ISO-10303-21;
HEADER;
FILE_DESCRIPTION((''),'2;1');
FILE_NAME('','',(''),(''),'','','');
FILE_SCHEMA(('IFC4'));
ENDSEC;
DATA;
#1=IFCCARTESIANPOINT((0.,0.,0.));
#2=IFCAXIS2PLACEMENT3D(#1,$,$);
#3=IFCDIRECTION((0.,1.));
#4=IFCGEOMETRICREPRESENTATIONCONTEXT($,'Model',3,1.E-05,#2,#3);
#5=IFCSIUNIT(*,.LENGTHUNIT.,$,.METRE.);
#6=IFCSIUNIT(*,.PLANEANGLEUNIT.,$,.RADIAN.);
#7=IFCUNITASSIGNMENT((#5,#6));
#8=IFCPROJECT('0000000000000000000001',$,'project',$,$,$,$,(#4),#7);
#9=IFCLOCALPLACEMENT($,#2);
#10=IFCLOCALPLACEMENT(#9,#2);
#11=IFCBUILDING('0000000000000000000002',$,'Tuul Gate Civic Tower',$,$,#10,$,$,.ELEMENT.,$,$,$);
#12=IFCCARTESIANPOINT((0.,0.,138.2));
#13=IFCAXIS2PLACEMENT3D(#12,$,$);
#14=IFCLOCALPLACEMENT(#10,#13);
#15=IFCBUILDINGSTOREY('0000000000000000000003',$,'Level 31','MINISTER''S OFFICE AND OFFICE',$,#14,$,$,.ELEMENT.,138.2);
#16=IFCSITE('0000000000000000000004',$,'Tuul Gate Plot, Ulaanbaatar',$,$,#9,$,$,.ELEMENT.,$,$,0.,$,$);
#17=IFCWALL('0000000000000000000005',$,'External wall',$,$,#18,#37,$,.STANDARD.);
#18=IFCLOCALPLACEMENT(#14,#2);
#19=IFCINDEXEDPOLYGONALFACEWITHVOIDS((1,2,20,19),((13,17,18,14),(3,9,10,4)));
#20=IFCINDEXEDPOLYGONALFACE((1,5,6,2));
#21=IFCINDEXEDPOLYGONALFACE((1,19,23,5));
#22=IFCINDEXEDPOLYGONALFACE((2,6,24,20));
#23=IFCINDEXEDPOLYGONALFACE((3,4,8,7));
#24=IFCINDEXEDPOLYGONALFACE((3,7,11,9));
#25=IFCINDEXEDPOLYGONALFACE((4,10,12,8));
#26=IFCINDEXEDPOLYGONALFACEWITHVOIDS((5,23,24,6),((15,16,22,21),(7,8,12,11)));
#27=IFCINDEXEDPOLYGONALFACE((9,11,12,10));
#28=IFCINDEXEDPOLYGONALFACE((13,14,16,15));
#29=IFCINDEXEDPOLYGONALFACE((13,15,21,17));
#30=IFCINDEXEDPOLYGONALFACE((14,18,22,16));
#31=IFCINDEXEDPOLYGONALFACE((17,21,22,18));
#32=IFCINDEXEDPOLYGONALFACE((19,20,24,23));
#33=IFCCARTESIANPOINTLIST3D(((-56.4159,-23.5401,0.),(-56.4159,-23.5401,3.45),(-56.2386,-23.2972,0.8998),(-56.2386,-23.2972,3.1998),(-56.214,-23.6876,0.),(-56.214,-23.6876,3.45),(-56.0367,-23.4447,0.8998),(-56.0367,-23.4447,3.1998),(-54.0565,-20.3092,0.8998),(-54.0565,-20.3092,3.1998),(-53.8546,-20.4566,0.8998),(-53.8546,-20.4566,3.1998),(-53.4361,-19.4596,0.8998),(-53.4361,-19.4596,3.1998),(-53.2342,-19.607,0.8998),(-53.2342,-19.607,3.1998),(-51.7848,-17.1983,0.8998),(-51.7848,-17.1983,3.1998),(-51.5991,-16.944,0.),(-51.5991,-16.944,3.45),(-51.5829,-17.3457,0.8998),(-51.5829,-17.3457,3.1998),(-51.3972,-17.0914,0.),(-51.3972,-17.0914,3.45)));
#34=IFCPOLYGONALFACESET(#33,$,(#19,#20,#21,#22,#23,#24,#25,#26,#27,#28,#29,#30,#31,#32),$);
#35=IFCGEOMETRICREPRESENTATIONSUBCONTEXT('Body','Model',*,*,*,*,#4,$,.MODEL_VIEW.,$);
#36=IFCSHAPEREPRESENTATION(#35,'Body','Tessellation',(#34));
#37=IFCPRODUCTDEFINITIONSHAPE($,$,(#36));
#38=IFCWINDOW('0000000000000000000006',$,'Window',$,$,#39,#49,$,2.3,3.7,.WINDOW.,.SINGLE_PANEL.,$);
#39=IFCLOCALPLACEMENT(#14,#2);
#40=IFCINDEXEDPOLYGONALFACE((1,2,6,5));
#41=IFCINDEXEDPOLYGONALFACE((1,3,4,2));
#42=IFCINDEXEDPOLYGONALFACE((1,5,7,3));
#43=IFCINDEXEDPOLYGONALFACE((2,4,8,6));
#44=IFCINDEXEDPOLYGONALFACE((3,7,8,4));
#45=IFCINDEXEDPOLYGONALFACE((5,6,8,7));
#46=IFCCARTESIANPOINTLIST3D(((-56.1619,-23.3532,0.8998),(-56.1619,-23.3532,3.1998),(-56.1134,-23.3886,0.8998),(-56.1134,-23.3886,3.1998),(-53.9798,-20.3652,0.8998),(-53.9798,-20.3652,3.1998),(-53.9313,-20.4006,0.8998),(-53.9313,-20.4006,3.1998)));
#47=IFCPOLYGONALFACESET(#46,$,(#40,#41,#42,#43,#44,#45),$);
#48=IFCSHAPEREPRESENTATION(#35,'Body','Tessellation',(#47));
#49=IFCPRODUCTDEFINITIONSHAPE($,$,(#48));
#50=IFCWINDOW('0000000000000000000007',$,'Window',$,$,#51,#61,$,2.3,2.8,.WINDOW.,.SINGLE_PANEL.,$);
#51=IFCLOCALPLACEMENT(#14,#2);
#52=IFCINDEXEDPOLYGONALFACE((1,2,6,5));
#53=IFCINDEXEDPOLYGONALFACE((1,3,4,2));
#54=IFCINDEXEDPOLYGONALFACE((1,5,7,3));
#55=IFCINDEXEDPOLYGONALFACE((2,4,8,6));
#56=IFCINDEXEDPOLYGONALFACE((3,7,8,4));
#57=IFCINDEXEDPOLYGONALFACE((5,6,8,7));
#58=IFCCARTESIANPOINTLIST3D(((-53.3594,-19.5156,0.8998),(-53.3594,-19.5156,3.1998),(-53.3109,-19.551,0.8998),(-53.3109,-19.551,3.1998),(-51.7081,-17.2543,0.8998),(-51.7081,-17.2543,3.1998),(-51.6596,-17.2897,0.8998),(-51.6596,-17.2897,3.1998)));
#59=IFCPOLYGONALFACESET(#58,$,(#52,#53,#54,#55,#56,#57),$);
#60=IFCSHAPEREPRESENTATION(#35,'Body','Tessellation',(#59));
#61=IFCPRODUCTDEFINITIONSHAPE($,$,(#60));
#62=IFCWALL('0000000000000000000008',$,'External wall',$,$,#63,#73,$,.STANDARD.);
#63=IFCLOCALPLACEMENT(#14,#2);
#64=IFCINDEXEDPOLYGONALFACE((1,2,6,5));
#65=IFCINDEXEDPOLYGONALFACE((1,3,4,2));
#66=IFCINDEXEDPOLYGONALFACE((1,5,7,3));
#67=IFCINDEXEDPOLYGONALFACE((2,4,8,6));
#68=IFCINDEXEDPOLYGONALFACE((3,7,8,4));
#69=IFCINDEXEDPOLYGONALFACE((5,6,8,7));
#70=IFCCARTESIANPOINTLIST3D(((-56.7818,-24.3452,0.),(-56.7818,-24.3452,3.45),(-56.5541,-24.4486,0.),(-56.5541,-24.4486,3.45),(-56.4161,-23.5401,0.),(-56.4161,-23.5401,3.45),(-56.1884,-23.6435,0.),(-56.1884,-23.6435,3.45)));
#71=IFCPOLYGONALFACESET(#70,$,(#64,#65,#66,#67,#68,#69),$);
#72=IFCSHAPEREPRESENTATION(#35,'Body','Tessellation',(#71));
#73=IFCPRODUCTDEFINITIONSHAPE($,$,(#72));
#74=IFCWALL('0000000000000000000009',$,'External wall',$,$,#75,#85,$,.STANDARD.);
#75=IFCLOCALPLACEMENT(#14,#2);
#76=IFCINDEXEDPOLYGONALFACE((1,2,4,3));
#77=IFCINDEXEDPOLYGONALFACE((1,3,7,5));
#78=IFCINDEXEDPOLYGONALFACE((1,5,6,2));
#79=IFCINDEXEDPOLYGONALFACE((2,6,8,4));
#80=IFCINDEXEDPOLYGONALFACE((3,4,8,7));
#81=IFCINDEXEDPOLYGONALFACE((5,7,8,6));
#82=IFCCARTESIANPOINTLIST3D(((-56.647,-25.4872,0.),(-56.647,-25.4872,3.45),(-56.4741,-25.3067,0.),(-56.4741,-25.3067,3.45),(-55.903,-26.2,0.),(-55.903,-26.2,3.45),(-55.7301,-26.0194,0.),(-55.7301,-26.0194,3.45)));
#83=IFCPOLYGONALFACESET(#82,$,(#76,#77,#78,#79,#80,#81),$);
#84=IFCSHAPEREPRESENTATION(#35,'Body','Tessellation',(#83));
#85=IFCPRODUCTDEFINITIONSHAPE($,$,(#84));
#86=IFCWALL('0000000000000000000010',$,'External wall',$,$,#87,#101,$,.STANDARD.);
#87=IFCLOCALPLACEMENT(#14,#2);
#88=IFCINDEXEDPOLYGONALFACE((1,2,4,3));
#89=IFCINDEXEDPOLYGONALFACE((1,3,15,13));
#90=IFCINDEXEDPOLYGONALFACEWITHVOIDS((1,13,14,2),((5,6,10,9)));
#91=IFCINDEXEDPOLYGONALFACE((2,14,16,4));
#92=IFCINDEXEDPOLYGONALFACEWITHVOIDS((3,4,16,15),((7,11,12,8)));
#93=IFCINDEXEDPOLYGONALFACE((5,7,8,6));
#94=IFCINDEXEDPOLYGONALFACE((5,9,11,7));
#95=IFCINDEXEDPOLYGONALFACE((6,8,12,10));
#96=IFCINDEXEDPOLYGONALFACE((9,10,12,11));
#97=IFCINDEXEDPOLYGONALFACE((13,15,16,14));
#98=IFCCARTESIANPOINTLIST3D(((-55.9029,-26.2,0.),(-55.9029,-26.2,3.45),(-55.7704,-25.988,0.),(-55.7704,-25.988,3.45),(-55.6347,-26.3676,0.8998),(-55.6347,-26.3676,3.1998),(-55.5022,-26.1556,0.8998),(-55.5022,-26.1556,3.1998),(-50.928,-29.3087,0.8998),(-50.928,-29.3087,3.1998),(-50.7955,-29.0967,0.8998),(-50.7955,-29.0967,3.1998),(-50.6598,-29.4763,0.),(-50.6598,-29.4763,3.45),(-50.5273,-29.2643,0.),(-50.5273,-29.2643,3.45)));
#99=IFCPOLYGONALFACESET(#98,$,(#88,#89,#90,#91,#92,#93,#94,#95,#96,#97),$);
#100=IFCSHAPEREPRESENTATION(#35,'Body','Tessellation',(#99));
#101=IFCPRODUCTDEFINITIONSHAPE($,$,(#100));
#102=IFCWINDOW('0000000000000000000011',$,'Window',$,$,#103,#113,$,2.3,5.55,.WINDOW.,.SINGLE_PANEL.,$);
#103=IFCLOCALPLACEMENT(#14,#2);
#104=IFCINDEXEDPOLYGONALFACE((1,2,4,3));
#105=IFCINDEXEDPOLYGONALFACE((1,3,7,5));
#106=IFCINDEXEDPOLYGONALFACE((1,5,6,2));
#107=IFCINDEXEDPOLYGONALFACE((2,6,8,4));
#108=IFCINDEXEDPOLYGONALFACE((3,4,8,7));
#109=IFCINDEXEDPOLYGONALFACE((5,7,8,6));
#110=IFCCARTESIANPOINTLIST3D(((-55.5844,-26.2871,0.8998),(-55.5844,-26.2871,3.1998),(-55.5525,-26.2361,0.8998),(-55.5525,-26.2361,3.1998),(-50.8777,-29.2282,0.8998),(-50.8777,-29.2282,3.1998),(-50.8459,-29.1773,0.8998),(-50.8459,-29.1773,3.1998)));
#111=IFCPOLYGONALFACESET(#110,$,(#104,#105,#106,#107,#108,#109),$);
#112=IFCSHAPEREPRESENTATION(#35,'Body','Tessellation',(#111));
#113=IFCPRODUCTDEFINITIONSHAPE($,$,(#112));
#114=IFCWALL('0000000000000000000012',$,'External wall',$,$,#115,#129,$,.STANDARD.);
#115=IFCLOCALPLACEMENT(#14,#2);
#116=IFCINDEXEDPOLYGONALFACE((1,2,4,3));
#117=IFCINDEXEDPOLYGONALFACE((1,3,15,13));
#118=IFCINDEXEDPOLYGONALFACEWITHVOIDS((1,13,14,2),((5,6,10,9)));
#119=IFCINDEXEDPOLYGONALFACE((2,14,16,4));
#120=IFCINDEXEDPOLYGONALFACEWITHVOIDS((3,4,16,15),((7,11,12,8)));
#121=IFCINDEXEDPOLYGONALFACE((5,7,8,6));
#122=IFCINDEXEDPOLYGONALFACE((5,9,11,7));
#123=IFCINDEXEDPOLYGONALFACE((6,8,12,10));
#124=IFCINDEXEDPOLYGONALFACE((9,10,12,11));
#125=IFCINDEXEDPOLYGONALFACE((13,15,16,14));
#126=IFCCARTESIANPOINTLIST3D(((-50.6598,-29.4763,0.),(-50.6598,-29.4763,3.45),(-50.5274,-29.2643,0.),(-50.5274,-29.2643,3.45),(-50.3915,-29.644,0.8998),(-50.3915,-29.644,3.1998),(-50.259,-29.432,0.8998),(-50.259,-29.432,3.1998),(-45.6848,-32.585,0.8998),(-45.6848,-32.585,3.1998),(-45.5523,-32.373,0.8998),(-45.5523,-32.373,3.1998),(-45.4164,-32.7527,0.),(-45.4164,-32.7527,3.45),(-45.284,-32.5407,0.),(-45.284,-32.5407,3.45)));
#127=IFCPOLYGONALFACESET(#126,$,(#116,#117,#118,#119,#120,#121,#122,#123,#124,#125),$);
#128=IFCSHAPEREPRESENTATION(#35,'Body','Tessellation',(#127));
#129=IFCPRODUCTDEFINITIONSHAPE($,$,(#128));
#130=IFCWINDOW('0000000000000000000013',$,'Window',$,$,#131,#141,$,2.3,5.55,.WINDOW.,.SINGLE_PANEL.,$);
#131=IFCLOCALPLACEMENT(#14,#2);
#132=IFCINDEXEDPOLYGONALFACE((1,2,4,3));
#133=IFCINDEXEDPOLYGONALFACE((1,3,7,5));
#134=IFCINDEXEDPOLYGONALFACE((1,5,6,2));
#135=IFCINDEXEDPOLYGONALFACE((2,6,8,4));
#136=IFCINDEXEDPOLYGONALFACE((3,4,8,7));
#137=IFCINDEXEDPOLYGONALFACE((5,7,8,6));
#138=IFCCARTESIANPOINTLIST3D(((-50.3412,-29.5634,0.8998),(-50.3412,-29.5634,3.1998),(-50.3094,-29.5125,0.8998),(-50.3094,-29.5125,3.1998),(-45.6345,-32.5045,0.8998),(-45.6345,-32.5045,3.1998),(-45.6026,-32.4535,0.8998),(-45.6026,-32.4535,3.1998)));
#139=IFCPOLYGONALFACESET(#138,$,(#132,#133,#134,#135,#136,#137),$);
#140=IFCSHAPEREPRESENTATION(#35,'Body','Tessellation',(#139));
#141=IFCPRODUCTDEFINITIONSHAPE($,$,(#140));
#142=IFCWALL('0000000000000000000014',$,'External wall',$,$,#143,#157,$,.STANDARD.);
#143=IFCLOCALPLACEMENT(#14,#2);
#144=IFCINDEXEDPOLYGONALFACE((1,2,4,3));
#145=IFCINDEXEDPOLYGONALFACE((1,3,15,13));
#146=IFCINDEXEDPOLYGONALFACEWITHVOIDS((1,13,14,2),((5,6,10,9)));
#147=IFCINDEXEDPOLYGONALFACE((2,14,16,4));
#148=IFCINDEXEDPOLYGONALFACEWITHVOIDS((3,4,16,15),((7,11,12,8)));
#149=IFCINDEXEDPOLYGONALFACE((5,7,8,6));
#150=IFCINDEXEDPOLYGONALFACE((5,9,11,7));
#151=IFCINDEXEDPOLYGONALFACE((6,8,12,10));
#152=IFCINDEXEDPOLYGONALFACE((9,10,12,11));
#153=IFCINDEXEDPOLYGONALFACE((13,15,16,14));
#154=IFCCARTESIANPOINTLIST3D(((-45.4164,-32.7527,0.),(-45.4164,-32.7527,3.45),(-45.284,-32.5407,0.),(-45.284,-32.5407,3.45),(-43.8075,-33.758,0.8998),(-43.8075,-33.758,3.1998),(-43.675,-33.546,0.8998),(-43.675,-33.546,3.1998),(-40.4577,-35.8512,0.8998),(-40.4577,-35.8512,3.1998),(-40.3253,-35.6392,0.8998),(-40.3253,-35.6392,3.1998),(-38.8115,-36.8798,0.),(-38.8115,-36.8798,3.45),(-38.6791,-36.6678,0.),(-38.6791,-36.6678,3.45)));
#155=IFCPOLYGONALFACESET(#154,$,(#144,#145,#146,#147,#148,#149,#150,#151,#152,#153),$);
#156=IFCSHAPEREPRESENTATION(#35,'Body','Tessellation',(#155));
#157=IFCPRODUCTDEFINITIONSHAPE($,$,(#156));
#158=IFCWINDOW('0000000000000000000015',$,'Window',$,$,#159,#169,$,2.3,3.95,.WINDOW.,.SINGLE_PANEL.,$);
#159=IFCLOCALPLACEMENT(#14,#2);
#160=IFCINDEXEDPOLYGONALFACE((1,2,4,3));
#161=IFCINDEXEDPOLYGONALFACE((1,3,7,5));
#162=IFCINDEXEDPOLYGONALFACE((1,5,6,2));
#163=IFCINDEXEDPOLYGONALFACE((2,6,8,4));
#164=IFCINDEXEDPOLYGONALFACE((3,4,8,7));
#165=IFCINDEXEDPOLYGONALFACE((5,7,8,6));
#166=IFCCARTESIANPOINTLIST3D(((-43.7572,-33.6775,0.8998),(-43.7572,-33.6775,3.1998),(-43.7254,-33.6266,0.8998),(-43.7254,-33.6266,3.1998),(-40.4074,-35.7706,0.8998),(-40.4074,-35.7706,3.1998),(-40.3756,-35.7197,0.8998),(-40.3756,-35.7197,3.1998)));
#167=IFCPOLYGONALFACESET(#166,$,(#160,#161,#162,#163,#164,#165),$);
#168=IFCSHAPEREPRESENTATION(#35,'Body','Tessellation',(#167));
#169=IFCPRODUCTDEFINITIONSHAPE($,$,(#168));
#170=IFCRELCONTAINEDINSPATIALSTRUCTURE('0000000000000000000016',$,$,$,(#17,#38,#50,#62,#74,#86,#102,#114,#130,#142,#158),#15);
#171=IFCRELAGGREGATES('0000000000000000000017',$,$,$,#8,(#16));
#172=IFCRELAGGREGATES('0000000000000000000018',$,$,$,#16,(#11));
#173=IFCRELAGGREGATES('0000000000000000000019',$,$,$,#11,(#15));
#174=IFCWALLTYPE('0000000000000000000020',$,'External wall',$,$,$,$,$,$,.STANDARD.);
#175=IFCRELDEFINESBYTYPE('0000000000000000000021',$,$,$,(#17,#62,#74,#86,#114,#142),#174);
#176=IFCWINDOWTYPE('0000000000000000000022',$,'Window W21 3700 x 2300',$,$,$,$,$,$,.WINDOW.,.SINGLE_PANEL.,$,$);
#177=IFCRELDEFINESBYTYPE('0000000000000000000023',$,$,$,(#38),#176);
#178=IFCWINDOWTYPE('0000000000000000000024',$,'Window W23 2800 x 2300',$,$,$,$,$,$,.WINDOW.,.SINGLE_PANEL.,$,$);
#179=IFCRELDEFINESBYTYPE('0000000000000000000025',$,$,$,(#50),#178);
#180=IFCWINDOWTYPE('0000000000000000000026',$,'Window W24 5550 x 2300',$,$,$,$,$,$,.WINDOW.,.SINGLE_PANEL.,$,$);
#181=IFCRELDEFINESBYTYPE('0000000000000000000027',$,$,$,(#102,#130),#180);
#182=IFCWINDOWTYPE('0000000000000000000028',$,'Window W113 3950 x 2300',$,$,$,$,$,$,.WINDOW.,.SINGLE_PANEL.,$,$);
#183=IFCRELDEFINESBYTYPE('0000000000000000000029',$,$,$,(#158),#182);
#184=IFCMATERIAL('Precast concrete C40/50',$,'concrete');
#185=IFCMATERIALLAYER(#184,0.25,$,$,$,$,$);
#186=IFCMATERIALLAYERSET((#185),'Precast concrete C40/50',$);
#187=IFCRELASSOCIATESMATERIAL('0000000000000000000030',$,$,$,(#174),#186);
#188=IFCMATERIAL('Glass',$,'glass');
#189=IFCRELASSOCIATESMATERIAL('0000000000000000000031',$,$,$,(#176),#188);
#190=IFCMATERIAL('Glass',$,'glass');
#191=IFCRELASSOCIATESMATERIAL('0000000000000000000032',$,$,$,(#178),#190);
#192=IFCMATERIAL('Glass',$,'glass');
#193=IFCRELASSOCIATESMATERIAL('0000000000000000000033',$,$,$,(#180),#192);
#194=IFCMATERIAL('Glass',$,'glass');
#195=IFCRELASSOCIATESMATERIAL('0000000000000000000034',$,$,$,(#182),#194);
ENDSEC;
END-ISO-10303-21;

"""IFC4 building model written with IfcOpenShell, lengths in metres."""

from ifc_helpers import new_model, si_unit, direction, frame, frame_2d, origin, place, context, subcontext, project, spatial, rectangle, extrude, material, layer, layer_set, type_object, element, fill, save


model = new_model("IFC4")

# Units and contexts
model_context = context("Model", 3, precision=1e-05, world=origin(), true_north=direction((0.0, 1.0)))
body_context = subcontext(model_context, "Body", "Model", "MODEL_VIEW")
ifc_project = project(units=[si_unit("LENGTHUNIT", "METRE"), si_unit("PLANEANGLEUNIT", "RADIAN")], contexts=[model_context])

# Site, building, storey
site_placement = place(None, origin())
site = spatial("IfcSite", under=ifc_project, at=site_placement, Name="Tuul Gate Plot, Ulaanbaatar", CompositionType="ELEMENT", RefElevation=0.0)
building_placement = place(site_placement, origin())
building = spatial("IfcBuilding", under=site, at=building_placement, Name="Tuul Gate Civic Tower", CompositionType="ELEMENT")
storey_placement = place(building_placement, frame((0.0, 0.0, 138.2)))
storey = spatial("IfcBuildingStorey", under=building, at=storey_placement, Name="Level 31", Description="MINISTER'S OFFICE AND OFFICE", CompositionType="ELEMENT", Elevation=138.2)

# Wall, openings, windows
ifc_material_1 = material(Name="Precast concrete C40/50", Category="concrete")
ifc_layer_1 = layer(ifc_material_1, 0.25)
ifc_layer_set_1 = layer_set([ifc_layer_1], Name="Precast concrete C40/50")
wall_type_1 = type_object("IfcWallType", Name="External wall", PredefinedType="STANDARD", material=ifc_layer_set_1)
wall_1_placement = place(storey_placement, frame((-51.498, -17.0176, 0.0), z_axis=(0.0, 0.0, 1.0), x_axis=(-0.589745, -0.807589, 0.0)))
wall_1 = element("IfcWall", 1, at=wall_1_placement, inside=storey, type_object=wall_type_1, Name="External wall", PredefinedType="STANDARD", context=body_context, shape_type="SweptSolid", body=[
    extrude(rectangle(XDim=8.1677, YDim=0.25, at=frame_2d((4.084, 0.0))), origin(), (0.0, 0.0, 1.0), 3.45),
])
opening_1_placement = place(wall_1_placement, frame((0.3152, 0.0, 0.8999)))
opening_1 = element("IfcOpeningElement", 2, at=opening_1_placement, cuts=wall_1, PredefinedType="OPENING", context=body_context, shape_type="SweptSolid", body=[
    extrude(rectangle(XDim=2.8, YDim=2.3, at=frame_2d((1.3999, 1.1499))), frame((0.0, 0.135, 0.0), z_axis=(0.0, -1.0, 0.0), x_axis=(1.0, 0.0, 0.0)), (0.0, 0.0, 1.0), 0.27),
])
opening_2_placement = place(wall_1_placement, frame((4.167, 0.0, 0.8999)))
opening_2 = element("IfcOpeningElement", 3, at=opening_2_placement, cuts=wall_1, PredefinedType="OPENING", context=body_context, shape_type="SweptSolid", body=[
    extrude(rectangle(XDim=3.7, YDim=2.3, at=frame_2d((1.8501, 1.1499))), frame((0.0, 0.135, 0.0), z_axis=(0.0, -1.0, 0.0), x_axis=(1.0, 0.0, 0.0)), (0.0, 0.0, 1.0), 0.27),
])
ifc_material_2 = material(Name="Glass", Category="glass")
window_type_1 = type_object("IfcWindowType", Name="Window W21 3700 x 2300", PartitioningType="SINGLE_PANEL", PredefinedType="WINDOW", material=ifc_material_2)
window_1_placement = place(opening_2_placement, origin())
window_1 = element("IfcWindow", 4, at=window_1_placement, inside=storey, type_object=window_type_1, Name="Window", OverallHeight=2.3, OverallWidth=3.7, PartitioningType="SINGLE_PANEL", PredefinedType="WINDOW", context=body_context, shape_type="SweptSolid", body=[
    extrude(rectangle(XDim=3.7, YDim=2.3, at=frame_2d((1.8501, 1.1499))), frame((0.0, 0.03, 0.0), z_axis=(0.0, -1.0, 0.0), x_axis=(1.0, 0.0, 0.0)), (0.0, 0.0, 1.0), 0.0601),
])
fill(opening_2, window_1)
ifc_material_3 = material(Name="Glass", Category="glass")
window_type_2 = type_object("IfcWindowType", Name="Window W23 2800 x 2300", PartitioningType="SINGLE_PANEL", PredefinedType="WINDOW", material=ifc_material_3)
window_2_placement = place(opening_1_placement, origin())
window_2 = element("IfcWindow", 5, at=window_2_placement, inside=storey, type_object=window_type_2, Name="Window", OverallHeight=2.3, OverallWidth=2.8, PartitioningType="SINGLE_PANEL", PredefinedType="WINDOW", context=body_context, shape_type="SweptSolid", body=[
    extrude(rectangle(XDim=2.8, YDim=2.3, at=frame_2d((1.3999, 1.1499))), frame((0.0, 0.03, 0.0), z_axis=(0.0, -1.0, 0.0), x_axis=(1.0, 0.0, 0.0)), (0.0, 0.0, 1.0), 0.0601),
])
fill(opening_1, window_2)

# Walls
wall_2_placement = place(storey_placement, frame((-56.3022, -23.5918, 0.0), z_axis=(0.0, 0.0, 1.0), x_axis=(-0.413553, -0.91048, 0.0)))
element("IfcWall", 6, at=wall_2_placement, inside=storey, type_object=wall_type_1, Name="External wall", PredefinedType="STANDARD", context=body_context, shape_type="SweptSolid", body=[
    extrude(rectangle(XDim=0.8843, YDim=0.25, at=frame_2d((0.4421, 0.0))), origin(), (0.0, 0.0, 1.0), 3.45),
])
wall_3_placement = place(storey_placement, frame((-56.5605, -25.397, 0.0), z_axis=(0.0, 0.0, 1.0), x_axis=(0.722112, -0.691777, 0.0)))
element("IfcWall", 7, at=wall_3_placement, inside=storey, type_object=wall_type_1, Name="External wall", PredefinedType="STANDARD", context=body_context, shape_type="SweptSolid", body=[
    extrude(rectangle(XDim=1.0303, YDim=0.25, at=frame_2d((0.5151, 0.0))), origin(), (0.0, 0.0, 1.0), 3.45),
])

# Walls, openings, windows
wall_4_placement = place(storey_placement, frame((-55.8367, -26.094, 0.0), z_axis=(0.0, 0.0, 1.0), x_axis=(0.848043, -0.529928, 0.0)))
wall_4 = element("IfcWall", 8, at=wall_4_placement, inside=storey, type_object=wall_type_1, Name="External wall", PredefinedType="STANDARD", context=body_context, shape_type="SweptSolid", body=[
    extrude(rectangle(XDim=6.1826, YDim=0.25, at=frame_2d((3.0913, 0.0))), origin(), (0.0, 0.0, 1.0), 3.45),
])
opening_3_placement = place(wall_4_placement, frame((0.3164, 0.0, 0.8999)))
opening_3 = element("IfcOpeningElement", 9, at=opening_3_placement, cuts=wall_4, PredefinedType="OPENING", context=body_context, shape_type="SweptSolid", body=[
    extrude(rectangle(XDim=5.55, YDim=2.3, at=frame_2d((2.7749, 1.1499))), frame((0.0, 0.135, 0.0), z_axis=(0.0, -1.0, 0.0), x_axis=(1.0, 0.0, 0.0)), (0.0, 0.0, 1.0), 0.27),
])
ifc_material_4 = material(Name="Glass", Category="glass")
window_type_3 = type_object("IfcWindowType", Name="Window W24 5550 x 2300", PartitioningType="SINGLE_PANEL", PredefinedType="WINDOW", material=ifc_material_4)
window_3_placement = place(opening_3_placement, origin())
window_3 = element("IfcWindow", 10, at=window_3_placement, inside=storey, type_object=window_type_3, Name="Window", OverallHeight=2.3, OverallWidth=5.55, PartitioningType="SINGLE_PANEL", PredefinedType="WINDOW", context=body_context, shape_type="SweptSolid", body=[
    extrude(rectangle(XDim=5.55, YDim=2.3, at=frame_2d((2.7749, 1.1499))), frame((0.0, 0.03, 0.0), z_axis=(0.0, -1.0, 0.0), x_axis=(1.0, 0.0, 0.0)), (0.0, 0.0, 1.0), 0.0601),
])
fill(opening_3, window_3)
wall_5_placement = place(storey_placement, frame((-50.5935, -29.3704, 0.0), z_axis=(0.0, 0.0, 1.0), x_axis=(0.848054, -0.52991, 0.0)))
wall_5 = element("IfcWall", 11, at=wall_5_placement, inside=storey, type_object=wall_type_1, Name="External wall", PredefinedType="STANDARD", context=body_context, shape_type="SweptSolid", body=[
    extrude(rectangle(XDim=6.1829, YDim=0.25, at=frame_2d((3.0913, 0.0))), origin(), (0.0, 0.0, 1.0), 3.45),
])
opening_4_placement = place(wall_5_placement, frame((0.3164, 0.0, 0.8999)))
opening_4 = element("IfcOpeningElement", 12, at=opening_4_placement, cuts=wall_5, PredefinedType="OPENING", context=body_context, shape_type="SweptSolid", body=[
    extrude(rectangle(XDim=5.55, YDim=2.3, at=frame_2d((2.7749, 1.1499))), frame((0.0, 0.135, 0.0), z_axis=(0.0, -1.0, 0.0), x_axis=(1.0, 0.0, 0.0)), (0.0, 0.0, 1.0), 0.27),
])
window_4_placement = place(opening_4_placement, origin())
window_4 = element("IfcWindow", 13, at=window_4_placement, inside=storey, type_object=window_type_3, Name="Window", OverallHeight=2.3, OverallWidth=5.55, PartitioningType="SINGLE_PANEL", PredefinedType="WINDOW", context=body_context, shape_type="SweptSolid", body=[
    extrude(rectangle(XDim=5.55, YDim=2.3, at=frame_2d((2.7749, 1.1499))), frame((0.0, 0.03, 0.0), z_axis=(0.0, -1.0, 0.0), x_axis=(1.0, 0.0, 0.0)), (0.0, 0.0, 1.0), 0.0601),
])
fill(opening_4, window_4)
wall_6_placement = place(storey_placement, frame((-45.3501, -32.6467, 0.0), z_axis=(0.0, 0.0, 1.0), x_axis=(0.848051, -0.529914, 0.0)))
wall_6 = element("IfcWall", 14, at=wall_6_placement, inside=storey, type_object=wall_type_1, Name="External wall", PredefinedType="STANDARD", context=body_context, shape_type="SweptSolid", body=[
    extrude(rectangle(XDim=7.7883, YDim=0.25, at=frame_2d((3.894, 0.0))), origin(), (0.0, 0.0, 1.0), 3.45),
])
opening_5_placement = place(wall_6_placement, frame((1.897, 0.0, 0.8999)))
opening_5 = element("IfcOpeningElement", 15, at=opening_5_placement, cuts=wall_6, PredefinedType="OPENING", context=body_context, shape_type="SweptSolid", body=[
    extrude(rectangle(XDim=3.95, YDim=2.3, at=frame_2d((1.9751, 1.1499))), frame((0.0, 0.135, 0.0), z_axis=(0.0, -1.0, 0.0), x_axis=(1.0, 0.0, 0.0)), (0.0, 0.0, 1.0), 0.27),
])
ifc_material_5 = material(Name="Glass", Category="glass")
window_type_4 = type_object("IfcWindowType", Name="Window W113 3950 x 2300", PartitioningType="SINGLE_PANEL", PredefinedType="WINDOW", material=ifc_material_5)
window_5_placement = place(opening_5_placement, origin())
window_5 = element("IfcWindow", 16, at=window_5_placement, inside=storey, type_object=window_type_4, Name="Window", OverallHeight=2.3, OverallWidth=3.95, PartitioningType="SINGLE_PANEL", PredefinedType="WINDOW", context=body_context, shape_type="SweptSolid", body=[
    extrude(rectangle(XDim=3.95, YDim=2.3, at=frame_2d((1.9751, 1.1499))), frame((0.0, 0.03, 0.0), z_axis=(0.0, -1.0, 0.0), x_axis=(1.0, 0.0, 0.0)), (0.0, 0.0, 1.0), 0.0601),
])
fill(opening_5, window_5)

save(model, "model.ifc")
